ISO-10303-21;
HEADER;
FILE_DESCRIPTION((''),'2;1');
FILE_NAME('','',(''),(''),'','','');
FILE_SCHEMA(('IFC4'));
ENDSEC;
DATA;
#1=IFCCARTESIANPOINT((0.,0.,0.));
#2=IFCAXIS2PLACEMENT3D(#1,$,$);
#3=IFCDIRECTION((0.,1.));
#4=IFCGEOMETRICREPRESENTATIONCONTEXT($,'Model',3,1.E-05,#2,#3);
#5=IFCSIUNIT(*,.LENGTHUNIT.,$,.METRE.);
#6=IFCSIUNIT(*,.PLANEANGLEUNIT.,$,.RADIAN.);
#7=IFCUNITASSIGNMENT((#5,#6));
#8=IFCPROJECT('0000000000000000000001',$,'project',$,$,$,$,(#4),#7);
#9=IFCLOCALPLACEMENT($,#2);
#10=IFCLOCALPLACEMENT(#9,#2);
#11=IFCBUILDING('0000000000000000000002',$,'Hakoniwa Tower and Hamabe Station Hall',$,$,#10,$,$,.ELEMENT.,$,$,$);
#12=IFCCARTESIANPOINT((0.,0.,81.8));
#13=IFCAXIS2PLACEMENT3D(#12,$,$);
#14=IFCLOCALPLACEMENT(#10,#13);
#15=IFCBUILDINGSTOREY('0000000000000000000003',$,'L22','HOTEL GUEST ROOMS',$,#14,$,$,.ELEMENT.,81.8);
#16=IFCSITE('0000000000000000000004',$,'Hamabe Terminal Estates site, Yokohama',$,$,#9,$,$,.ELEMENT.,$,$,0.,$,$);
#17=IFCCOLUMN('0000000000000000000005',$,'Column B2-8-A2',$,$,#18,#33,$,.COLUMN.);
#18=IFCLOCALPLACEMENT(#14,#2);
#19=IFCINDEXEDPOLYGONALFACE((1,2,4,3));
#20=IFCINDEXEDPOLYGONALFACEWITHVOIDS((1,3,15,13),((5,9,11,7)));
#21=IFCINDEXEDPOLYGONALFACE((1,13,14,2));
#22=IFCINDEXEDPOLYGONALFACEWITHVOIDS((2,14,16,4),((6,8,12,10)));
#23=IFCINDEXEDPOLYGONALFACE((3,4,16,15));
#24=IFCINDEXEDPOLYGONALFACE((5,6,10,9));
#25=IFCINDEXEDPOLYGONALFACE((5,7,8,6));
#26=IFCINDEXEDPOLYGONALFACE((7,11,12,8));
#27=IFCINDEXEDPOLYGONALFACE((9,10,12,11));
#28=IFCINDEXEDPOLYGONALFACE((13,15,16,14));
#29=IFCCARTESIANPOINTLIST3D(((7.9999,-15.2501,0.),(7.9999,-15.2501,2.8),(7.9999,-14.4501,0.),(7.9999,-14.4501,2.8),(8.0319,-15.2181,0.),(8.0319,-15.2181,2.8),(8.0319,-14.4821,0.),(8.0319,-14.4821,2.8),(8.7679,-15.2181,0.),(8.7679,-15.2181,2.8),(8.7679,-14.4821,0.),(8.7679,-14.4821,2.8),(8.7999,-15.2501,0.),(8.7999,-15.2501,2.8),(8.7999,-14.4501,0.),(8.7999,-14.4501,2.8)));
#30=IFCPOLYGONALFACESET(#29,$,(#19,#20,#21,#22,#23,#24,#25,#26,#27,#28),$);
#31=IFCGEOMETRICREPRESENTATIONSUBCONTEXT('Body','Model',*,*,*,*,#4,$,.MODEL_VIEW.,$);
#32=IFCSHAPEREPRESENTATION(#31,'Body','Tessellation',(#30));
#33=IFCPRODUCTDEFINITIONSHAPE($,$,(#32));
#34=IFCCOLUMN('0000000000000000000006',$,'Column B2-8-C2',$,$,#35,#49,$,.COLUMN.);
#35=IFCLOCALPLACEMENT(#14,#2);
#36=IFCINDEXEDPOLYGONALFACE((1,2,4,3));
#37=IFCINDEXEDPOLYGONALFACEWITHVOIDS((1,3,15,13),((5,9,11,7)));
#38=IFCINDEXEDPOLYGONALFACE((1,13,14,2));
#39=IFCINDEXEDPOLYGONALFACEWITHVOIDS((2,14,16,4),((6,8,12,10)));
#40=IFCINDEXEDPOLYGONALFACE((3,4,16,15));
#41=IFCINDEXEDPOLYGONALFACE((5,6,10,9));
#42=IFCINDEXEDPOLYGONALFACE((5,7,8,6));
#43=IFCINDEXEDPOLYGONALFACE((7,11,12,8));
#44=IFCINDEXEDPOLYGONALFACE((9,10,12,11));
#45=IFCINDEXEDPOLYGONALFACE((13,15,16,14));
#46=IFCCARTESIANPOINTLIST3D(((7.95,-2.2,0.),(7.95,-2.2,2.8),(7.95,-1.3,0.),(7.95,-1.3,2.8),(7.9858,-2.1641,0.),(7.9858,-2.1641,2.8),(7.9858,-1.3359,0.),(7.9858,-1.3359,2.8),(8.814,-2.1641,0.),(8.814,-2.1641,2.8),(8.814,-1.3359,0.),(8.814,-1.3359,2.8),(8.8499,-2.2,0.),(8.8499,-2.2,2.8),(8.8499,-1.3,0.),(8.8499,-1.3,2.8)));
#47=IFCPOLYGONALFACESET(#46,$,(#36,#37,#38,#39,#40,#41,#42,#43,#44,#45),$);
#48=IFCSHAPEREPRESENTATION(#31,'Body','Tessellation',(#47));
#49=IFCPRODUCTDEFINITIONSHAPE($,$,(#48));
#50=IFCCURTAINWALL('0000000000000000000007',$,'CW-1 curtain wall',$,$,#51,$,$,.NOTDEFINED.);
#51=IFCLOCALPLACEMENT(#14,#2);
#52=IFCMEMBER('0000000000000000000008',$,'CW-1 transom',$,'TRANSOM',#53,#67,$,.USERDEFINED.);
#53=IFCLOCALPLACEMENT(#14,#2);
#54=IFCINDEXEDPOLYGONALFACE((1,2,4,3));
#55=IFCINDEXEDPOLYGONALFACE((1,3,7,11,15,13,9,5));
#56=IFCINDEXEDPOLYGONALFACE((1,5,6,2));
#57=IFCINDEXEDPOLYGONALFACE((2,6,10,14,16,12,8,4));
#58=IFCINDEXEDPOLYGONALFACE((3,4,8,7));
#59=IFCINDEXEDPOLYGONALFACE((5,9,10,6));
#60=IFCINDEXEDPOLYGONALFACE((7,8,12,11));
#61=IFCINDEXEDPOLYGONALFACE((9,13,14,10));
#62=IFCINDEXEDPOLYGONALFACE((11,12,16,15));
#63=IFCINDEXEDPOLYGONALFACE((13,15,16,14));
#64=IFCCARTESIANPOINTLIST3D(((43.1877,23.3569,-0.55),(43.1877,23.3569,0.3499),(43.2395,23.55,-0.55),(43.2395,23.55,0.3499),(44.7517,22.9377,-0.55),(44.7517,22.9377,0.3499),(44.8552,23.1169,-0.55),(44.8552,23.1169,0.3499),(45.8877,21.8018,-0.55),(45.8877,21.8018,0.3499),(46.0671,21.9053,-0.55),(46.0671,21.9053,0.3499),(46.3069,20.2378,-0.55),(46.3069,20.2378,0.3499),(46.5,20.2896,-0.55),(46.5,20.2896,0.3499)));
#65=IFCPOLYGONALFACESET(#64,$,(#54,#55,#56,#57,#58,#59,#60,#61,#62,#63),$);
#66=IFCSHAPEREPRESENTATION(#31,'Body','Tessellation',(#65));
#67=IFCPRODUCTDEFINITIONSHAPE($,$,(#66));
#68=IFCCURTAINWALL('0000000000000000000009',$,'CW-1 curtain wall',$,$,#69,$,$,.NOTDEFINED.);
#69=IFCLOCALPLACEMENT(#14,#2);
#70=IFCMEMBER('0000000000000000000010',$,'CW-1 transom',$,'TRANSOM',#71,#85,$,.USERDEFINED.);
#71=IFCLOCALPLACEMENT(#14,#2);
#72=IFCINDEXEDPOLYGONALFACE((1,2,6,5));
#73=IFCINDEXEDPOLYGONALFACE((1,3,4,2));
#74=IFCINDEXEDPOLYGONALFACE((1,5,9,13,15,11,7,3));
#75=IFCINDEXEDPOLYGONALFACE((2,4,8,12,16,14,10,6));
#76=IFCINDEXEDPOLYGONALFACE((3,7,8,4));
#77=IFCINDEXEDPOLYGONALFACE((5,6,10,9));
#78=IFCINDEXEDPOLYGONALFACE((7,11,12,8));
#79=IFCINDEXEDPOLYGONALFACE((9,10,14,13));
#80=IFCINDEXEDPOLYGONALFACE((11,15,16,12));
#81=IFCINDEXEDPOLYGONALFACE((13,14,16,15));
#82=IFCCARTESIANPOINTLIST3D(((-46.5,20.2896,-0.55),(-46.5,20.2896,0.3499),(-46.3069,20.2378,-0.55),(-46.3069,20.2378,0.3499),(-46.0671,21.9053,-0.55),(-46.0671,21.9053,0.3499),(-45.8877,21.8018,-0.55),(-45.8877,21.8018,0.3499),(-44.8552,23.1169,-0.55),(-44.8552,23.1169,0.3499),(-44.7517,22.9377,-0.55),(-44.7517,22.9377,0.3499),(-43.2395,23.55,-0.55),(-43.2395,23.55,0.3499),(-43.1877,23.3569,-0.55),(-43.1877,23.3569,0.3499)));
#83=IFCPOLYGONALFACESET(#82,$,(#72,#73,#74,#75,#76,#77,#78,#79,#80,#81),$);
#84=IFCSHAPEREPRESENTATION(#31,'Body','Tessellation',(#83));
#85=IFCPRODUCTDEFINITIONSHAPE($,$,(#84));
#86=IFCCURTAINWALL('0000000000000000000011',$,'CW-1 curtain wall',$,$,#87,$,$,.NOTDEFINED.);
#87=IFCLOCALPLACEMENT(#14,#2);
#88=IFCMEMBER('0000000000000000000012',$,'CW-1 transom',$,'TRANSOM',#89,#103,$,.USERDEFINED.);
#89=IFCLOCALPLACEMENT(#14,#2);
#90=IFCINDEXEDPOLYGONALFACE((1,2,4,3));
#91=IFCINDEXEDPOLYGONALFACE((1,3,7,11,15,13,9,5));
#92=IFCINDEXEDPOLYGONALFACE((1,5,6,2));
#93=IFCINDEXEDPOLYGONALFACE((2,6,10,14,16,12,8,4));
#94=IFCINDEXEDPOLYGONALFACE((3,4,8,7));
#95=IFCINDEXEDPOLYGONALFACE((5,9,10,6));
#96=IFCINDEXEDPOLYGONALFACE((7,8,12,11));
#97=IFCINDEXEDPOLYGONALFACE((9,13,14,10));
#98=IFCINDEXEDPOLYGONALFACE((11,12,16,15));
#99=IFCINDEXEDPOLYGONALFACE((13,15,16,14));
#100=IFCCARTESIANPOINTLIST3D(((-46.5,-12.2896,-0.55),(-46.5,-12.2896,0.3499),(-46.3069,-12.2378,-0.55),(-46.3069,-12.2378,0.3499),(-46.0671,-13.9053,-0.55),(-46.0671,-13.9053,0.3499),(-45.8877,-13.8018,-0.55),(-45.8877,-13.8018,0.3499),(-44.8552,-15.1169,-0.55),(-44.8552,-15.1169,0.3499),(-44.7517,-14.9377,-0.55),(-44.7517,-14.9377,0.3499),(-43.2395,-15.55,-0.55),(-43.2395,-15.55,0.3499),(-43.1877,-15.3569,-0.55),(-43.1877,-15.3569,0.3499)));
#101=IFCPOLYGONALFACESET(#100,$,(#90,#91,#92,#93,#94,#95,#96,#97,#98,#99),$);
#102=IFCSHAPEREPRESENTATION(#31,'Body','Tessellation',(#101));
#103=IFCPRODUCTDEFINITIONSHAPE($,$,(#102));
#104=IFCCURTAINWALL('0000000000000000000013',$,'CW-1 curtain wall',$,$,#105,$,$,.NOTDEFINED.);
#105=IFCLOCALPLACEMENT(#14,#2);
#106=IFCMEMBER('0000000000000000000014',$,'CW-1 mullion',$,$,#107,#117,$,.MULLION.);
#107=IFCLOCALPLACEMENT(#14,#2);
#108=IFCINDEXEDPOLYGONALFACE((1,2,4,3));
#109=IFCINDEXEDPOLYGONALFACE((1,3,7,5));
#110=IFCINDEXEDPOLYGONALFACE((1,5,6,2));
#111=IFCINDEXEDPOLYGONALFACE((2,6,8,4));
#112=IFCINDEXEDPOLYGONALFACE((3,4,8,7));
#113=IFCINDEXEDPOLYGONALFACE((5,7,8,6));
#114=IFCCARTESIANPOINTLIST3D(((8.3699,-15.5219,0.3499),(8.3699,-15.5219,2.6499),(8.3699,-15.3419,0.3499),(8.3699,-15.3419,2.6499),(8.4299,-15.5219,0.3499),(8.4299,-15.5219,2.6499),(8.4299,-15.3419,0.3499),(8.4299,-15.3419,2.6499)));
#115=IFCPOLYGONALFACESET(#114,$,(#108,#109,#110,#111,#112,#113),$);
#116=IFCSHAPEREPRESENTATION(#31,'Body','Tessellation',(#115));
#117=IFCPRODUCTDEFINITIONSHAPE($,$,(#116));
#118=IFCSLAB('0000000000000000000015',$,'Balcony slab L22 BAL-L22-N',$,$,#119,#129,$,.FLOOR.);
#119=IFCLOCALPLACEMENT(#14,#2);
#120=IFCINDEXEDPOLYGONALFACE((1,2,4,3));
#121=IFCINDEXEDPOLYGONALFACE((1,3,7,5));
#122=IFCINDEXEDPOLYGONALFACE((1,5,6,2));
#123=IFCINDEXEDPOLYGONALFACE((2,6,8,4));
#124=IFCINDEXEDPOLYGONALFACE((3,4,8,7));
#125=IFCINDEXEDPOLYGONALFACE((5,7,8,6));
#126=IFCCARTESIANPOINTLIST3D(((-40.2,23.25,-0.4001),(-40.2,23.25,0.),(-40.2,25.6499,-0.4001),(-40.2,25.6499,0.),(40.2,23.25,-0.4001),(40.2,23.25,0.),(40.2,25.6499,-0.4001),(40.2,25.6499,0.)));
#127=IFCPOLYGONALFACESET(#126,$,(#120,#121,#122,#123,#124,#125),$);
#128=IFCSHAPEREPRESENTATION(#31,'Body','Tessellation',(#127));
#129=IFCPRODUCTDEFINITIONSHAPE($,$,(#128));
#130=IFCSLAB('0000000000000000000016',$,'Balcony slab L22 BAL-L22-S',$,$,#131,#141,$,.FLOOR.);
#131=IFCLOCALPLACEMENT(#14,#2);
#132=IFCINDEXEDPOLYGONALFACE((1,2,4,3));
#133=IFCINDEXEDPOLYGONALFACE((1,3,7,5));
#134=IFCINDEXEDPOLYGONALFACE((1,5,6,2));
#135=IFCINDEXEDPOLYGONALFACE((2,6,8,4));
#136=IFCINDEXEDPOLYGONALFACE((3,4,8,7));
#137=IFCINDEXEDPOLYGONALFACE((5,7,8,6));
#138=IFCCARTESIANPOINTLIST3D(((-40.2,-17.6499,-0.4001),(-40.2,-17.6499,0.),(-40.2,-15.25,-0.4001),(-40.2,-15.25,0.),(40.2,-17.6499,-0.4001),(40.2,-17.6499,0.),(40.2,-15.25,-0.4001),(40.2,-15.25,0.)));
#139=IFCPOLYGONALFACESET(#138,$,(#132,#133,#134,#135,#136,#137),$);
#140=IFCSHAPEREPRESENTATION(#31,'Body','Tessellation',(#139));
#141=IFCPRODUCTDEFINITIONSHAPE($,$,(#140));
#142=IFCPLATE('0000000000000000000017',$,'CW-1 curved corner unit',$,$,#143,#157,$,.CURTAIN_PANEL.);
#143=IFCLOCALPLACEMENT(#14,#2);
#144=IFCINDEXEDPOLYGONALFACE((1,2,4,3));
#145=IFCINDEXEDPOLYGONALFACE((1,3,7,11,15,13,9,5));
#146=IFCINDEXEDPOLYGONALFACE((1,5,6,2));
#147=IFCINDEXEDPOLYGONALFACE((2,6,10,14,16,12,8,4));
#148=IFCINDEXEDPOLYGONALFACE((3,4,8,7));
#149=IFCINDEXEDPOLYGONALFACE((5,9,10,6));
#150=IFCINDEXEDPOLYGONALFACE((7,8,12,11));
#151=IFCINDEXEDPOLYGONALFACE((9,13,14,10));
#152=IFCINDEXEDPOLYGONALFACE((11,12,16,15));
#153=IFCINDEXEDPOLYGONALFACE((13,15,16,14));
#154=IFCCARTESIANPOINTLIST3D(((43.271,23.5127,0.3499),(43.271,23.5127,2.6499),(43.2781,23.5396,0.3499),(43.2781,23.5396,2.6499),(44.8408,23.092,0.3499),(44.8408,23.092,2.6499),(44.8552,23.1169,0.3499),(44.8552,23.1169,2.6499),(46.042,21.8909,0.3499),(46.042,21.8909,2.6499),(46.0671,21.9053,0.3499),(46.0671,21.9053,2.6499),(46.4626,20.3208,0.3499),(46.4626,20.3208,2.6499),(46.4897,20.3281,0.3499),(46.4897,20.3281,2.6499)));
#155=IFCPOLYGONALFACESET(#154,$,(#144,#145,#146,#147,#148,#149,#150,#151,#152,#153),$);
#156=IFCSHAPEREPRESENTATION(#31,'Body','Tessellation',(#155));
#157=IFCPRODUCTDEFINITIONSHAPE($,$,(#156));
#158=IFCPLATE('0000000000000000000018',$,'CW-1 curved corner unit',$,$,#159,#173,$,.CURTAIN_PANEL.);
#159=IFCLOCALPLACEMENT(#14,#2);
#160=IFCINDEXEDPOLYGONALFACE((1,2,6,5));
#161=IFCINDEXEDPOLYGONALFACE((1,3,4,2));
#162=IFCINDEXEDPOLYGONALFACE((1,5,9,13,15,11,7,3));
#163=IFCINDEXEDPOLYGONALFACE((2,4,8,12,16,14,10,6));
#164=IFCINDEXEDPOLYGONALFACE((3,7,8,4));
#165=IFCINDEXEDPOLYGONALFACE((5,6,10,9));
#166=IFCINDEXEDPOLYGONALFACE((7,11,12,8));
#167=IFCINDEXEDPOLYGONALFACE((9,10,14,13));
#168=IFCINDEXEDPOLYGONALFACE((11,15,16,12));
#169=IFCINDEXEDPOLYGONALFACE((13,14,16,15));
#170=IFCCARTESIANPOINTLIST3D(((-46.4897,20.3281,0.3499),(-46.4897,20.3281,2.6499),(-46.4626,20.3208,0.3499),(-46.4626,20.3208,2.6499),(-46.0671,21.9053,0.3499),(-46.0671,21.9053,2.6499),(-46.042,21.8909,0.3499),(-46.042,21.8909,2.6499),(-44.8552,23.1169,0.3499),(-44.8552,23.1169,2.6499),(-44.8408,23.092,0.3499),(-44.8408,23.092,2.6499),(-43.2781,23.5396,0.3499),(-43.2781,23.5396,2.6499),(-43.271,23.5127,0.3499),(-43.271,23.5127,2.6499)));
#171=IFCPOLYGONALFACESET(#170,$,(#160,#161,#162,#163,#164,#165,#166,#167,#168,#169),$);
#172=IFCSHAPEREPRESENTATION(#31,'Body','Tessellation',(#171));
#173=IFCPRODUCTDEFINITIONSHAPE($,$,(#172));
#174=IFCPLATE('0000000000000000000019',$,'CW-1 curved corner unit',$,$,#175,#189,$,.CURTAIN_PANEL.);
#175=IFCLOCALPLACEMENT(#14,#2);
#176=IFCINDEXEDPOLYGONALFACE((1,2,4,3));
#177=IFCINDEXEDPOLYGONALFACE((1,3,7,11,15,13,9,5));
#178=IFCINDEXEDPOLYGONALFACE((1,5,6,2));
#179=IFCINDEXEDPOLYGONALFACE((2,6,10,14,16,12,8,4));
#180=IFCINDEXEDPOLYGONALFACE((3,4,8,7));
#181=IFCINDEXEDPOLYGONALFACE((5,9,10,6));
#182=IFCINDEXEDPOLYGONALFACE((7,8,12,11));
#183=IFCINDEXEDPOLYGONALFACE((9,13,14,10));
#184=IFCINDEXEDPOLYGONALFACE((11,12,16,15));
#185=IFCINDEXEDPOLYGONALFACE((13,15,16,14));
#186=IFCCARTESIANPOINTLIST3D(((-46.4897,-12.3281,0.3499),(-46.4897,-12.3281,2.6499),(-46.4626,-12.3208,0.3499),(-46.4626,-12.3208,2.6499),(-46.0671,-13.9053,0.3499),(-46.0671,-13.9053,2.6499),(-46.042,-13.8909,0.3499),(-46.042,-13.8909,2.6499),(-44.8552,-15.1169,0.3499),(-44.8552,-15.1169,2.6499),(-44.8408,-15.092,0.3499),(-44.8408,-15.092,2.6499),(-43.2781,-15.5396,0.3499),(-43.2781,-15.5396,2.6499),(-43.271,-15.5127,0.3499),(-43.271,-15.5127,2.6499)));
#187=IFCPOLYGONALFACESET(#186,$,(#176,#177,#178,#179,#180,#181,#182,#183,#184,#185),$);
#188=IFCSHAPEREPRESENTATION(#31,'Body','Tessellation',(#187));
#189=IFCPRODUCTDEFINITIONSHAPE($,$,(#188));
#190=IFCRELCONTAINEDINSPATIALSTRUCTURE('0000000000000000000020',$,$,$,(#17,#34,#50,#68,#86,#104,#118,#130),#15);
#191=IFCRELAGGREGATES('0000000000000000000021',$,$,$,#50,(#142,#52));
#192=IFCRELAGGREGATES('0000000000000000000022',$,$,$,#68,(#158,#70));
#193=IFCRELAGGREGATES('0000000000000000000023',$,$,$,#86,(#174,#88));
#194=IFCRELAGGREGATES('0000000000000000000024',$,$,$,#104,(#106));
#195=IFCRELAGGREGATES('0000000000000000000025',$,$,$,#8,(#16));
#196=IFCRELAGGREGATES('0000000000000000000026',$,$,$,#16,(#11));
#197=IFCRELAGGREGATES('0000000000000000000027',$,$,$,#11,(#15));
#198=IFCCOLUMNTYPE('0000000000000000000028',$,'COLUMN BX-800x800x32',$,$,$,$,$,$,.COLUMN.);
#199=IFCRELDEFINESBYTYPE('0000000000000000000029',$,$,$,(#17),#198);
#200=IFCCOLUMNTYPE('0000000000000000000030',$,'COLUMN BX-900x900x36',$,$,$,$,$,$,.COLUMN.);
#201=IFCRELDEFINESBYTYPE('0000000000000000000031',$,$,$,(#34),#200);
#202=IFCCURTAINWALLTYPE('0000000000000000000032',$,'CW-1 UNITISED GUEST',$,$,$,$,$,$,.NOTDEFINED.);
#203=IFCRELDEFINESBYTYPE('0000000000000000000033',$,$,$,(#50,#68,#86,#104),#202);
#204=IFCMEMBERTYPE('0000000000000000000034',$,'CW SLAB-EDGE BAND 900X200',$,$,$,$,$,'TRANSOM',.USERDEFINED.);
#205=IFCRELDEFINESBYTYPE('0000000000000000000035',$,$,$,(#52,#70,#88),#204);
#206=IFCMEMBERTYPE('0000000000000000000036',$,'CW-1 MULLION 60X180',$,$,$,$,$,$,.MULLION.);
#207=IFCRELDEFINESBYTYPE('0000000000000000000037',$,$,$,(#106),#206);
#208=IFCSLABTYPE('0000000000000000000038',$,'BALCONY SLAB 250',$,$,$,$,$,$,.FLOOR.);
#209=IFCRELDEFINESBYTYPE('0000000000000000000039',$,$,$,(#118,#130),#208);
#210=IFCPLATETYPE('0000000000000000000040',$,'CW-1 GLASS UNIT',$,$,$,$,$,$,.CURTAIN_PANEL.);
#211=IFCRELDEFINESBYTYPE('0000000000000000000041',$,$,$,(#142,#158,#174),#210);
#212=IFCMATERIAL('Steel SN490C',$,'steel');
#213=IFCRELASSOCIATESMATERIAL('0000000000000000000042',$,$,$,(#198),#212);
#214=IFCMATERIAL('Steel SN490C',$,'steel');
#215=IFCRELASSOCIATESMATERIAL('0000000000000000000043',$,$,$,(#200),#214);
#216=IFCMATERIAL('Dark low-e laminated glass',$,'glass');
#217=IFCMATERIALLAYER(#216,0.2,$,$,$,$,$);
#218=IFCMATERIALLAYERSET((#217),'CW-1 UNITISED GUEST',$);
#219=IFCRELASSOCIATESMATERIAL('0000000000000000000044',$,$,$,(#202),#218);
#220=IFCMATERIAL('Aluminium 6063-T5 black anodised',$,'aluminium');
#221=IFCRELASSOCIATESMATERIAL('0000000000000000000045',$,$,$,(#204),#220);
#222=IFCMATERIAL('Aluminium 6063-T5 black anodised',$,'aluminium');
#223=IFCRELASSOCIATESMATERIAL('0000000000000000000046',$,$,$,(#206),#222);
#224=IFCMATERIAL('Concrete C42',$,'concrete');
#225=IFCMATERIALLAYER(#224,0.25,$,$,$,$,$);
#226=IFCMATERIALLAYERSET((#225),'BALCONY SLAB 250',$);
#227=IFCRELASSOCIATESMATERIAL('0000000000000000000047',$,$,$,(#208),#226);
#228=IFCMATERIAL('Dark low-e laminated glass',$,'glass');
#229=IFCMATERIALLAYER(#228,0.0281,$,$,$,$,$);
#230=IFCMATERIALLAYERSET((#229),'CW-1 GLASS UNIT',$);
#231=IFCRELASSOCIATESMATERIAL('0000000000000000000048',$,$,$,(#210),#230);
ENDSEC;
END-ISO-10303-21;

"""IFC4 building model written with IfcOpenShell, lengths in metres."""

from ifc_helpers import new_model, si_unit, direction, frame, origin, origin_2d, place, context, subcontext, project, spatial, polyline, rectangle, hollow_rectangle, outline, extrude, material, layer, layer_set, material_profile, profile_set, type_object, element, aggregate, save


model = new_model("IFC4")

# Units and contexts
model_context = context("Model", 3, precision=1e-05, world=origin(), true_north=direction((0.0, 1.0)))
body_context = subcontext(model_context, "Body", "Model", "MODEL_VIEW")
ifc_project = project(units=[si_unit("LENGTHUNIT", "METRE"), si_unit("PLANEANGLEUNIT", "RADIAN")], contexts=[model_context])

# Site, building, storey
site_placement = place(None, origin())
site = spatial("IfcSite", under=ifc_project, at=site_placement, Name="Hamabe Terminal Estates site, Yokohama", CompositionType="ELEMENT", RefElevation=0.0)
building_placement = place(site_placement, origin())
building = spatial("IfcBuilding", under=site, at=building_placement, Name="Hakoniwa Tower and Hamabe Station Hall", CompositionType="ELEMENT")
storey_placement = place(building_placement, frame((0.0, 0.0, 81.8)))
storey = spatial("IfcBuildingStorey", under=building, at=storey_placement, Name="L22", Description="HOTEL GUEST ROOMS", CompositionType="ELEMENT", Elevation=81.8)

# Columns
ifc_material_1 = material(Name="Steel SN490C", Category="steel")
ifc_material_profile_1 = material_profile(ifc_material_1, hollow_rectangle(XDim=0.8, YDim=0.8, WallThickness=0.032, at=origin_2d()), Name="BX-800x800x32")
ifc_profile_set_1 = profile_set([ifc_material_profile_1], Name="Steel SN490C")
column_type_1 = type_object("IfcColumnType", Name="COLUMN BX-800x800x32", PredefinedType="COLUMN", material=ifc_profile_set_1)
column_1_placement = place(storey_placement, frame((8.3999, -14.8501, 0.0), z_axis=(0.0, 0.0, 1.0), x_axis=(1.0, 0.0, 0.0)))
element("IfcColumn", 1, at=column_1_placement, inside=storey, type_object=column_type_1, Name="Column B2-8-A2", PredefinedType="COLUMN", context=body_context, shape_type="SweptSolid", body=[
    extrude(hollow_rectangle(XDim=0.8, YDim=0.8, WallThickness=0.032, at=origin_2d()), origin(), (0.0, 0.0, 1.0), 2.8),
])
ifc_material_2 = material(Name="Steel SN490C", Category="steel")
ifc_material_profile_2 = material_profile(ifc_material_2, hollow_rectangle(XDim=0.8999, YDim=0.8999, WallThickness=0.0359, at=origin_2d()), Name="BX-900x900x36")
ifc_profile_set_2 = profile_set([ifc_material_profile_2], Name="Steel SN490C")
column_type_2 = type_object("IfcColumnType", Name="COLUMN BX-900x900x36", PredefinedType="COLUMN", material=ifc_profile_set_2)
column_2_placement = place(storey_placement, frame((8.3999, -1.75, 0.0), z_axis=(0.0, 0.0, 1.0), x_axis=(1.0, 0.0, 0.0)))
element("IfcColumn", 2, at=column_2_placement, inside=storey, type_object=column_type_2, Name="Column B2-8-C2", PredefinedType="COLUMN", context=body_context, shape_type="SweptSolid", body=[
    extrude(hollow_rectangle(XDim=0.8999, YDim=0.8999, WallThickness=0.0359, at=origin_2d()), origin(), (0.0, 0.0, 1.0), 2.8),
])

# Curtain walls, members
ifc_material_3 = material(Name="Dark low-e laminated glass", Category="glass")
ifc_layer_1 = layer(ifc_material_3, 0.2)
ifc_layer_set_1 = layer_set([ifc_layer_1], Name="CW-1 UNITISED GUEST")
curtain_wall_type = type_object("IfcCurtainWallType", Name="CW-1 UNITISED GUEST", PredefinedType="NOTDEFINED", material=ifc_layer_set_1)
curtain_wall_1_placement = place(storey_placement, origin())
curtain_wall_1 = element("IfcCurtainWall", 3, at=curtain_wall_1_placement, inside=storey, type_object=curtain_wall_type, Name="CW-1 curtain wall", PredefinedType="NOTDEFINED")
ifc_material_4 = material(Name="Aluminium 6063-T5 black anodised", Category="aluminium")
ifc_material_profile_3 = material_profile(ifc_material_4, rectangle(XDim=0.2, YDim=0.8999, at=origin_2d()), Name="CW SLAB-EDGE BAND 900X200")
ifc_profile_set_3 = profile_set([ifc_material_profile_3], Name="Aluminium 6063-T5 black anodised")
member_type_1 = type_object("IfcMemberType", Name="CW SLAB-EDGE BAND 900X200", ElementType="TRANSOM", PredefinedType="USERDEFINED", material=ifc_profile_set_3)
member_1_placement = place(storey_placement, frame((0.0, 0.0, -0.55)))
member_1 = element("IfcMember", 4, at=member_1_placement, type_object=member_type_1, Name="CW-1 transom", ObjectType="TRANSOM", PredefinedType="USERDEFINED", context=body_context, shape_type="SweptSolid", body=[
    extrude(outline(polyline([(46.5, 20.2896), (46.0671, 21.9053), (44.8552, 23.1169), (43.2395, 23.55), (43.1877, 23.3569), (44.7517, 22.9377), (45.8877, 21.8018), (46.3069, 20.2378), (46.5, 20.2896)])), origin(), (0.0, 0.0, 1.0), 0.8999),
])
curtain_wall_2_placement = place(storey_placement, origin())
curtain_wall_2 = element("IfcCurtainWall", 5, at=curtain_wall_2_placement, inside=storey, type_object=curtain_wall_type, Name="CW-1 curtain wall", PredefinedType="NOTDEFINED")
member_2_placement = place(storey_placement, frame((0.0, 0.0, -0.55)))
member_2 = element("IfcMember", 6, at=member_2_placement, type_object=member_type_1, Name="CW-1 transom", ObjectType="TRANSOM", PredefinedType="USERDEFINED", context=body_context, shape_type="SweptSolid", body=[
    extrude(outline(polyline([(-43.2395, 23.55), (-44.8552, 23.1169), (-46.0671, 21.9053), (-46.5, 20.2896), (-46.3069, 20.2378), (-45.8877, 21.8018), (-44.7517, 22.9377), (-43.1877, 23.3569), (-43.2395, 23.55)])), origin(), (0.0, 0.0, 1.0), 0.8999),
])
curtain_wall_3_placement = place(storey_placement, origin())
curtain_wall_3 = element("IfcCurtainWall", 7, at=curtain_wall_3_placement, inside=storey, type_object=curtain_wall_type, Name="CW-1 curtain wall", PredefinedType="NOTDEFINED")
member_3_placement = place(storey_placement, frame((0.0, 0.0, -0.55)))
member_3 = element("IfcMember", 8, at=member_3_placement, type_object=member_type_1, Name="CW-1 transom", ObjectType="TRANSOM", PredefinedType="USERDEFINED", context=body_context, shape_type="SweptSolid", body=[
    extrude(outline(polyline([(-46.5, -12.2896), (-46.0671, -13.9053), (-44.8552, -15.1169), (-43.2395, -15.55), (-43.1877, -15.3569), (-44.7517, -14.9377), (-45.8877, -13.8018), (-46.3069, -12.2378), (-46.5, -12.2896)])), origin(), (0.0, 0.0, 1.0), 0.8999),
])
curtain_wall_4_placement = place(storey_placement, origin())
curtain_wall_4 = element("IfcCurtainWall", 9, at=curtain_wall_4_placement, inside=storey, type_object=curtain_wall_type, Name="CW-1 curtain wall", PredefinedType="NOTDEFINED")
ifc_material_5 = material(Name="Aluminium 6063-T5 black anodised", Category="aluminium")
ifc_material_profile_4 = material_profile(ifc_material_5, rectangle(XDim=0.0601, YDim=0.1799, at=origin_2d()), Name="CW-1 MULLION 60X180")
ifc_profile_set_4 = profile_set([ifc_material_profile_4], Name="Aluminium 6063-T5 black anodised")
member_type_2 = type_object("IfcMemberType", Name="CW-1 MULLION 60X180", PredefinedType="MULLION", material=ifc_profile_set_4)
member_4_placement = place(storey_placement, frame((8.3999, -15.4319, 0.3499), z_axis=(0.0, 0.0, 1.0), x_axis=(1.0, 0.0, 0.0)))
member_4 = element("IfcMember", 10, at=member_4_placement, type_object=member_type_2, Name="CW-1 mullion", PredefinedType="MULLION", context=body_context, shape_type="SweptSolid", body=[
    extrude(rectangle(XDim=0.0601, YDim=0.1799, at=origin_2d()), origin(), (0.0, 0.0, 1.0), 2.3),
])

# Slabs
ifc_material_6 = material(Name="Concrete C42", Category="concrete")
ifc_layer_2 = layer(ifc_material_6, 0.25)
ifc_layer_set_2 = layer_set([ifc_layer_2], Name="BALCONY SLAB 250")
slab_type_1 = type_object("IfcSlabType", Name="BALCONY SLAB 250", PredefinedType="FLOOR", material=ifc_layer_set_2)
slab_1_placement = place(storey_placement, frame((0.0, 0.0, -0.4001)))
element("IfcSlab", 11, at=slab_1_placement, inside=storey, type_object=slab_type_1, Name="Balcony slab L22 BAL-L22-N", PredefinedType="FLOOR", context=body_context, shape_type="SweptSolid", body=[
    extrude(outline(polyline([(-40.2, 23.25), (40.2, 23.25), (40.2, 25.6499), (-40.2, 25.6499), (-40.2, 23.25)])), origin(), (0.0, 0.0, 1.0), 0.4001),
])
slab_2_placement = place(storey_placement, frame((0.0, 0.0, -0.4001)))
element("IfcSlab", 12, at=slab_2_placement, inside=storey, type_object=slab_type_1, Name="Balcony slab L22 BAL-L22-S", PredefinedType="FLOOR", context=body_context, shape_type="SweptSolid", body=[
    extrude(outline(polyline([(-40.2, -17.6499), (40.2, -17.6499), (40.2, -15.25), (-40.2, -15.25), (-40.2, -17.6499)])), origin(), (0.0, 0.0, 1.0), 0.4001),
])

# Plates
ifc_material_7 = material(Name="Dark low-e laminated glass", Category="glass")
ifc_layer_3 = layer(ifc_material_7, 0.0281)
ifc_layer_set_3 = layer_set([ifc_layer_3], Name="CW-1 GLASS UNIT")
plate_type = type_object("IfcPlateType", Name="CW-1 GLASS UNIT", PredefinedType="CURTAIN_PANEL", material=ifc_layer_set_3)
plate_1_placement = place(storey_placement, frame((0.0, 0.0, 0.3499)))
plate_1 = element("IfcPlate", 13, at=plate_1_placement, type_object=plate_type, Name="CW-1 curved corner unit", PredefinedType="CURTAIN_PANEL", context=body_context, shape_type="SweptSolid", body=[
    extrude(outline(polyline([(46.4897, 20.3281), (46.0671, 21.9053), (44.8552, 23.1169), (43.2781, 23.5396), (43.271, 23.5127), (44.8408, 23.092), (46.042, 21.8909), (46.4626, 20.3208), (46.4897, 20.3281)])), origin(), (0.0, 0.0, 1.0), 2.3),
])
aggregate(curtain_wall_1, [plate_1, member_1])
plate_2_placement = place(storey_placement, frame((0.0, 0.0, 0.3499)))
plate_2 = element("IfcPlate", 14, at=plate_2_placement, type_object=plate_type, Name="CW-1 curved corner unit", PredefinedType="CURTAIN_PANEL", context=body_context, shape_type="SweptSolid", body=[
    extrude(outline(polyline([(-43.2781, 23.5396), (-44.8552, 23.1169), (-46.0671, 21.9053), (-46.4897, 20.3281), (-46.4626, 20.3208), (-46.042, 21.8909), (-44.8408, 23.092), (-43.271, 23.5127), (-43.2781, 23.5396)])), origin(), (0.0, 0.0, 1.0), 2.3),
])
aggregate(curtain_wall_2, [plate_2, member_2])
plate_3_placement = place(storey_placement, frame((0.0, 0.0, 0.3499)))
plate_3 = element("IfcPlate", 15, at=plate_3_placement, type_object=plate_type, Name="CW-1 curved corner unit", PredefinedType="CURTAIN_PANEL", context=body_context, shape_type="SweptSolid", body=[
    extrude(outline(polyline([(-46.4897, -12.3281), (-46.0671, -13.9053), (-44.8552, -15.1169), (-43.2781, -15.5396), (-43.271, -15.5127), (-44.8408, -15.092), (-46.042, -13.8909), (-46.4626, -12.3208), (-46.4897, -12.3281)])), origin(), (0.0, 0.0, 1.0), 2.3),
])
aggregate(curtain_wall_3, [plate_3, member_3])

aggregate(curtain_wall_4, [member_4])

save(model, "model.ifc")
